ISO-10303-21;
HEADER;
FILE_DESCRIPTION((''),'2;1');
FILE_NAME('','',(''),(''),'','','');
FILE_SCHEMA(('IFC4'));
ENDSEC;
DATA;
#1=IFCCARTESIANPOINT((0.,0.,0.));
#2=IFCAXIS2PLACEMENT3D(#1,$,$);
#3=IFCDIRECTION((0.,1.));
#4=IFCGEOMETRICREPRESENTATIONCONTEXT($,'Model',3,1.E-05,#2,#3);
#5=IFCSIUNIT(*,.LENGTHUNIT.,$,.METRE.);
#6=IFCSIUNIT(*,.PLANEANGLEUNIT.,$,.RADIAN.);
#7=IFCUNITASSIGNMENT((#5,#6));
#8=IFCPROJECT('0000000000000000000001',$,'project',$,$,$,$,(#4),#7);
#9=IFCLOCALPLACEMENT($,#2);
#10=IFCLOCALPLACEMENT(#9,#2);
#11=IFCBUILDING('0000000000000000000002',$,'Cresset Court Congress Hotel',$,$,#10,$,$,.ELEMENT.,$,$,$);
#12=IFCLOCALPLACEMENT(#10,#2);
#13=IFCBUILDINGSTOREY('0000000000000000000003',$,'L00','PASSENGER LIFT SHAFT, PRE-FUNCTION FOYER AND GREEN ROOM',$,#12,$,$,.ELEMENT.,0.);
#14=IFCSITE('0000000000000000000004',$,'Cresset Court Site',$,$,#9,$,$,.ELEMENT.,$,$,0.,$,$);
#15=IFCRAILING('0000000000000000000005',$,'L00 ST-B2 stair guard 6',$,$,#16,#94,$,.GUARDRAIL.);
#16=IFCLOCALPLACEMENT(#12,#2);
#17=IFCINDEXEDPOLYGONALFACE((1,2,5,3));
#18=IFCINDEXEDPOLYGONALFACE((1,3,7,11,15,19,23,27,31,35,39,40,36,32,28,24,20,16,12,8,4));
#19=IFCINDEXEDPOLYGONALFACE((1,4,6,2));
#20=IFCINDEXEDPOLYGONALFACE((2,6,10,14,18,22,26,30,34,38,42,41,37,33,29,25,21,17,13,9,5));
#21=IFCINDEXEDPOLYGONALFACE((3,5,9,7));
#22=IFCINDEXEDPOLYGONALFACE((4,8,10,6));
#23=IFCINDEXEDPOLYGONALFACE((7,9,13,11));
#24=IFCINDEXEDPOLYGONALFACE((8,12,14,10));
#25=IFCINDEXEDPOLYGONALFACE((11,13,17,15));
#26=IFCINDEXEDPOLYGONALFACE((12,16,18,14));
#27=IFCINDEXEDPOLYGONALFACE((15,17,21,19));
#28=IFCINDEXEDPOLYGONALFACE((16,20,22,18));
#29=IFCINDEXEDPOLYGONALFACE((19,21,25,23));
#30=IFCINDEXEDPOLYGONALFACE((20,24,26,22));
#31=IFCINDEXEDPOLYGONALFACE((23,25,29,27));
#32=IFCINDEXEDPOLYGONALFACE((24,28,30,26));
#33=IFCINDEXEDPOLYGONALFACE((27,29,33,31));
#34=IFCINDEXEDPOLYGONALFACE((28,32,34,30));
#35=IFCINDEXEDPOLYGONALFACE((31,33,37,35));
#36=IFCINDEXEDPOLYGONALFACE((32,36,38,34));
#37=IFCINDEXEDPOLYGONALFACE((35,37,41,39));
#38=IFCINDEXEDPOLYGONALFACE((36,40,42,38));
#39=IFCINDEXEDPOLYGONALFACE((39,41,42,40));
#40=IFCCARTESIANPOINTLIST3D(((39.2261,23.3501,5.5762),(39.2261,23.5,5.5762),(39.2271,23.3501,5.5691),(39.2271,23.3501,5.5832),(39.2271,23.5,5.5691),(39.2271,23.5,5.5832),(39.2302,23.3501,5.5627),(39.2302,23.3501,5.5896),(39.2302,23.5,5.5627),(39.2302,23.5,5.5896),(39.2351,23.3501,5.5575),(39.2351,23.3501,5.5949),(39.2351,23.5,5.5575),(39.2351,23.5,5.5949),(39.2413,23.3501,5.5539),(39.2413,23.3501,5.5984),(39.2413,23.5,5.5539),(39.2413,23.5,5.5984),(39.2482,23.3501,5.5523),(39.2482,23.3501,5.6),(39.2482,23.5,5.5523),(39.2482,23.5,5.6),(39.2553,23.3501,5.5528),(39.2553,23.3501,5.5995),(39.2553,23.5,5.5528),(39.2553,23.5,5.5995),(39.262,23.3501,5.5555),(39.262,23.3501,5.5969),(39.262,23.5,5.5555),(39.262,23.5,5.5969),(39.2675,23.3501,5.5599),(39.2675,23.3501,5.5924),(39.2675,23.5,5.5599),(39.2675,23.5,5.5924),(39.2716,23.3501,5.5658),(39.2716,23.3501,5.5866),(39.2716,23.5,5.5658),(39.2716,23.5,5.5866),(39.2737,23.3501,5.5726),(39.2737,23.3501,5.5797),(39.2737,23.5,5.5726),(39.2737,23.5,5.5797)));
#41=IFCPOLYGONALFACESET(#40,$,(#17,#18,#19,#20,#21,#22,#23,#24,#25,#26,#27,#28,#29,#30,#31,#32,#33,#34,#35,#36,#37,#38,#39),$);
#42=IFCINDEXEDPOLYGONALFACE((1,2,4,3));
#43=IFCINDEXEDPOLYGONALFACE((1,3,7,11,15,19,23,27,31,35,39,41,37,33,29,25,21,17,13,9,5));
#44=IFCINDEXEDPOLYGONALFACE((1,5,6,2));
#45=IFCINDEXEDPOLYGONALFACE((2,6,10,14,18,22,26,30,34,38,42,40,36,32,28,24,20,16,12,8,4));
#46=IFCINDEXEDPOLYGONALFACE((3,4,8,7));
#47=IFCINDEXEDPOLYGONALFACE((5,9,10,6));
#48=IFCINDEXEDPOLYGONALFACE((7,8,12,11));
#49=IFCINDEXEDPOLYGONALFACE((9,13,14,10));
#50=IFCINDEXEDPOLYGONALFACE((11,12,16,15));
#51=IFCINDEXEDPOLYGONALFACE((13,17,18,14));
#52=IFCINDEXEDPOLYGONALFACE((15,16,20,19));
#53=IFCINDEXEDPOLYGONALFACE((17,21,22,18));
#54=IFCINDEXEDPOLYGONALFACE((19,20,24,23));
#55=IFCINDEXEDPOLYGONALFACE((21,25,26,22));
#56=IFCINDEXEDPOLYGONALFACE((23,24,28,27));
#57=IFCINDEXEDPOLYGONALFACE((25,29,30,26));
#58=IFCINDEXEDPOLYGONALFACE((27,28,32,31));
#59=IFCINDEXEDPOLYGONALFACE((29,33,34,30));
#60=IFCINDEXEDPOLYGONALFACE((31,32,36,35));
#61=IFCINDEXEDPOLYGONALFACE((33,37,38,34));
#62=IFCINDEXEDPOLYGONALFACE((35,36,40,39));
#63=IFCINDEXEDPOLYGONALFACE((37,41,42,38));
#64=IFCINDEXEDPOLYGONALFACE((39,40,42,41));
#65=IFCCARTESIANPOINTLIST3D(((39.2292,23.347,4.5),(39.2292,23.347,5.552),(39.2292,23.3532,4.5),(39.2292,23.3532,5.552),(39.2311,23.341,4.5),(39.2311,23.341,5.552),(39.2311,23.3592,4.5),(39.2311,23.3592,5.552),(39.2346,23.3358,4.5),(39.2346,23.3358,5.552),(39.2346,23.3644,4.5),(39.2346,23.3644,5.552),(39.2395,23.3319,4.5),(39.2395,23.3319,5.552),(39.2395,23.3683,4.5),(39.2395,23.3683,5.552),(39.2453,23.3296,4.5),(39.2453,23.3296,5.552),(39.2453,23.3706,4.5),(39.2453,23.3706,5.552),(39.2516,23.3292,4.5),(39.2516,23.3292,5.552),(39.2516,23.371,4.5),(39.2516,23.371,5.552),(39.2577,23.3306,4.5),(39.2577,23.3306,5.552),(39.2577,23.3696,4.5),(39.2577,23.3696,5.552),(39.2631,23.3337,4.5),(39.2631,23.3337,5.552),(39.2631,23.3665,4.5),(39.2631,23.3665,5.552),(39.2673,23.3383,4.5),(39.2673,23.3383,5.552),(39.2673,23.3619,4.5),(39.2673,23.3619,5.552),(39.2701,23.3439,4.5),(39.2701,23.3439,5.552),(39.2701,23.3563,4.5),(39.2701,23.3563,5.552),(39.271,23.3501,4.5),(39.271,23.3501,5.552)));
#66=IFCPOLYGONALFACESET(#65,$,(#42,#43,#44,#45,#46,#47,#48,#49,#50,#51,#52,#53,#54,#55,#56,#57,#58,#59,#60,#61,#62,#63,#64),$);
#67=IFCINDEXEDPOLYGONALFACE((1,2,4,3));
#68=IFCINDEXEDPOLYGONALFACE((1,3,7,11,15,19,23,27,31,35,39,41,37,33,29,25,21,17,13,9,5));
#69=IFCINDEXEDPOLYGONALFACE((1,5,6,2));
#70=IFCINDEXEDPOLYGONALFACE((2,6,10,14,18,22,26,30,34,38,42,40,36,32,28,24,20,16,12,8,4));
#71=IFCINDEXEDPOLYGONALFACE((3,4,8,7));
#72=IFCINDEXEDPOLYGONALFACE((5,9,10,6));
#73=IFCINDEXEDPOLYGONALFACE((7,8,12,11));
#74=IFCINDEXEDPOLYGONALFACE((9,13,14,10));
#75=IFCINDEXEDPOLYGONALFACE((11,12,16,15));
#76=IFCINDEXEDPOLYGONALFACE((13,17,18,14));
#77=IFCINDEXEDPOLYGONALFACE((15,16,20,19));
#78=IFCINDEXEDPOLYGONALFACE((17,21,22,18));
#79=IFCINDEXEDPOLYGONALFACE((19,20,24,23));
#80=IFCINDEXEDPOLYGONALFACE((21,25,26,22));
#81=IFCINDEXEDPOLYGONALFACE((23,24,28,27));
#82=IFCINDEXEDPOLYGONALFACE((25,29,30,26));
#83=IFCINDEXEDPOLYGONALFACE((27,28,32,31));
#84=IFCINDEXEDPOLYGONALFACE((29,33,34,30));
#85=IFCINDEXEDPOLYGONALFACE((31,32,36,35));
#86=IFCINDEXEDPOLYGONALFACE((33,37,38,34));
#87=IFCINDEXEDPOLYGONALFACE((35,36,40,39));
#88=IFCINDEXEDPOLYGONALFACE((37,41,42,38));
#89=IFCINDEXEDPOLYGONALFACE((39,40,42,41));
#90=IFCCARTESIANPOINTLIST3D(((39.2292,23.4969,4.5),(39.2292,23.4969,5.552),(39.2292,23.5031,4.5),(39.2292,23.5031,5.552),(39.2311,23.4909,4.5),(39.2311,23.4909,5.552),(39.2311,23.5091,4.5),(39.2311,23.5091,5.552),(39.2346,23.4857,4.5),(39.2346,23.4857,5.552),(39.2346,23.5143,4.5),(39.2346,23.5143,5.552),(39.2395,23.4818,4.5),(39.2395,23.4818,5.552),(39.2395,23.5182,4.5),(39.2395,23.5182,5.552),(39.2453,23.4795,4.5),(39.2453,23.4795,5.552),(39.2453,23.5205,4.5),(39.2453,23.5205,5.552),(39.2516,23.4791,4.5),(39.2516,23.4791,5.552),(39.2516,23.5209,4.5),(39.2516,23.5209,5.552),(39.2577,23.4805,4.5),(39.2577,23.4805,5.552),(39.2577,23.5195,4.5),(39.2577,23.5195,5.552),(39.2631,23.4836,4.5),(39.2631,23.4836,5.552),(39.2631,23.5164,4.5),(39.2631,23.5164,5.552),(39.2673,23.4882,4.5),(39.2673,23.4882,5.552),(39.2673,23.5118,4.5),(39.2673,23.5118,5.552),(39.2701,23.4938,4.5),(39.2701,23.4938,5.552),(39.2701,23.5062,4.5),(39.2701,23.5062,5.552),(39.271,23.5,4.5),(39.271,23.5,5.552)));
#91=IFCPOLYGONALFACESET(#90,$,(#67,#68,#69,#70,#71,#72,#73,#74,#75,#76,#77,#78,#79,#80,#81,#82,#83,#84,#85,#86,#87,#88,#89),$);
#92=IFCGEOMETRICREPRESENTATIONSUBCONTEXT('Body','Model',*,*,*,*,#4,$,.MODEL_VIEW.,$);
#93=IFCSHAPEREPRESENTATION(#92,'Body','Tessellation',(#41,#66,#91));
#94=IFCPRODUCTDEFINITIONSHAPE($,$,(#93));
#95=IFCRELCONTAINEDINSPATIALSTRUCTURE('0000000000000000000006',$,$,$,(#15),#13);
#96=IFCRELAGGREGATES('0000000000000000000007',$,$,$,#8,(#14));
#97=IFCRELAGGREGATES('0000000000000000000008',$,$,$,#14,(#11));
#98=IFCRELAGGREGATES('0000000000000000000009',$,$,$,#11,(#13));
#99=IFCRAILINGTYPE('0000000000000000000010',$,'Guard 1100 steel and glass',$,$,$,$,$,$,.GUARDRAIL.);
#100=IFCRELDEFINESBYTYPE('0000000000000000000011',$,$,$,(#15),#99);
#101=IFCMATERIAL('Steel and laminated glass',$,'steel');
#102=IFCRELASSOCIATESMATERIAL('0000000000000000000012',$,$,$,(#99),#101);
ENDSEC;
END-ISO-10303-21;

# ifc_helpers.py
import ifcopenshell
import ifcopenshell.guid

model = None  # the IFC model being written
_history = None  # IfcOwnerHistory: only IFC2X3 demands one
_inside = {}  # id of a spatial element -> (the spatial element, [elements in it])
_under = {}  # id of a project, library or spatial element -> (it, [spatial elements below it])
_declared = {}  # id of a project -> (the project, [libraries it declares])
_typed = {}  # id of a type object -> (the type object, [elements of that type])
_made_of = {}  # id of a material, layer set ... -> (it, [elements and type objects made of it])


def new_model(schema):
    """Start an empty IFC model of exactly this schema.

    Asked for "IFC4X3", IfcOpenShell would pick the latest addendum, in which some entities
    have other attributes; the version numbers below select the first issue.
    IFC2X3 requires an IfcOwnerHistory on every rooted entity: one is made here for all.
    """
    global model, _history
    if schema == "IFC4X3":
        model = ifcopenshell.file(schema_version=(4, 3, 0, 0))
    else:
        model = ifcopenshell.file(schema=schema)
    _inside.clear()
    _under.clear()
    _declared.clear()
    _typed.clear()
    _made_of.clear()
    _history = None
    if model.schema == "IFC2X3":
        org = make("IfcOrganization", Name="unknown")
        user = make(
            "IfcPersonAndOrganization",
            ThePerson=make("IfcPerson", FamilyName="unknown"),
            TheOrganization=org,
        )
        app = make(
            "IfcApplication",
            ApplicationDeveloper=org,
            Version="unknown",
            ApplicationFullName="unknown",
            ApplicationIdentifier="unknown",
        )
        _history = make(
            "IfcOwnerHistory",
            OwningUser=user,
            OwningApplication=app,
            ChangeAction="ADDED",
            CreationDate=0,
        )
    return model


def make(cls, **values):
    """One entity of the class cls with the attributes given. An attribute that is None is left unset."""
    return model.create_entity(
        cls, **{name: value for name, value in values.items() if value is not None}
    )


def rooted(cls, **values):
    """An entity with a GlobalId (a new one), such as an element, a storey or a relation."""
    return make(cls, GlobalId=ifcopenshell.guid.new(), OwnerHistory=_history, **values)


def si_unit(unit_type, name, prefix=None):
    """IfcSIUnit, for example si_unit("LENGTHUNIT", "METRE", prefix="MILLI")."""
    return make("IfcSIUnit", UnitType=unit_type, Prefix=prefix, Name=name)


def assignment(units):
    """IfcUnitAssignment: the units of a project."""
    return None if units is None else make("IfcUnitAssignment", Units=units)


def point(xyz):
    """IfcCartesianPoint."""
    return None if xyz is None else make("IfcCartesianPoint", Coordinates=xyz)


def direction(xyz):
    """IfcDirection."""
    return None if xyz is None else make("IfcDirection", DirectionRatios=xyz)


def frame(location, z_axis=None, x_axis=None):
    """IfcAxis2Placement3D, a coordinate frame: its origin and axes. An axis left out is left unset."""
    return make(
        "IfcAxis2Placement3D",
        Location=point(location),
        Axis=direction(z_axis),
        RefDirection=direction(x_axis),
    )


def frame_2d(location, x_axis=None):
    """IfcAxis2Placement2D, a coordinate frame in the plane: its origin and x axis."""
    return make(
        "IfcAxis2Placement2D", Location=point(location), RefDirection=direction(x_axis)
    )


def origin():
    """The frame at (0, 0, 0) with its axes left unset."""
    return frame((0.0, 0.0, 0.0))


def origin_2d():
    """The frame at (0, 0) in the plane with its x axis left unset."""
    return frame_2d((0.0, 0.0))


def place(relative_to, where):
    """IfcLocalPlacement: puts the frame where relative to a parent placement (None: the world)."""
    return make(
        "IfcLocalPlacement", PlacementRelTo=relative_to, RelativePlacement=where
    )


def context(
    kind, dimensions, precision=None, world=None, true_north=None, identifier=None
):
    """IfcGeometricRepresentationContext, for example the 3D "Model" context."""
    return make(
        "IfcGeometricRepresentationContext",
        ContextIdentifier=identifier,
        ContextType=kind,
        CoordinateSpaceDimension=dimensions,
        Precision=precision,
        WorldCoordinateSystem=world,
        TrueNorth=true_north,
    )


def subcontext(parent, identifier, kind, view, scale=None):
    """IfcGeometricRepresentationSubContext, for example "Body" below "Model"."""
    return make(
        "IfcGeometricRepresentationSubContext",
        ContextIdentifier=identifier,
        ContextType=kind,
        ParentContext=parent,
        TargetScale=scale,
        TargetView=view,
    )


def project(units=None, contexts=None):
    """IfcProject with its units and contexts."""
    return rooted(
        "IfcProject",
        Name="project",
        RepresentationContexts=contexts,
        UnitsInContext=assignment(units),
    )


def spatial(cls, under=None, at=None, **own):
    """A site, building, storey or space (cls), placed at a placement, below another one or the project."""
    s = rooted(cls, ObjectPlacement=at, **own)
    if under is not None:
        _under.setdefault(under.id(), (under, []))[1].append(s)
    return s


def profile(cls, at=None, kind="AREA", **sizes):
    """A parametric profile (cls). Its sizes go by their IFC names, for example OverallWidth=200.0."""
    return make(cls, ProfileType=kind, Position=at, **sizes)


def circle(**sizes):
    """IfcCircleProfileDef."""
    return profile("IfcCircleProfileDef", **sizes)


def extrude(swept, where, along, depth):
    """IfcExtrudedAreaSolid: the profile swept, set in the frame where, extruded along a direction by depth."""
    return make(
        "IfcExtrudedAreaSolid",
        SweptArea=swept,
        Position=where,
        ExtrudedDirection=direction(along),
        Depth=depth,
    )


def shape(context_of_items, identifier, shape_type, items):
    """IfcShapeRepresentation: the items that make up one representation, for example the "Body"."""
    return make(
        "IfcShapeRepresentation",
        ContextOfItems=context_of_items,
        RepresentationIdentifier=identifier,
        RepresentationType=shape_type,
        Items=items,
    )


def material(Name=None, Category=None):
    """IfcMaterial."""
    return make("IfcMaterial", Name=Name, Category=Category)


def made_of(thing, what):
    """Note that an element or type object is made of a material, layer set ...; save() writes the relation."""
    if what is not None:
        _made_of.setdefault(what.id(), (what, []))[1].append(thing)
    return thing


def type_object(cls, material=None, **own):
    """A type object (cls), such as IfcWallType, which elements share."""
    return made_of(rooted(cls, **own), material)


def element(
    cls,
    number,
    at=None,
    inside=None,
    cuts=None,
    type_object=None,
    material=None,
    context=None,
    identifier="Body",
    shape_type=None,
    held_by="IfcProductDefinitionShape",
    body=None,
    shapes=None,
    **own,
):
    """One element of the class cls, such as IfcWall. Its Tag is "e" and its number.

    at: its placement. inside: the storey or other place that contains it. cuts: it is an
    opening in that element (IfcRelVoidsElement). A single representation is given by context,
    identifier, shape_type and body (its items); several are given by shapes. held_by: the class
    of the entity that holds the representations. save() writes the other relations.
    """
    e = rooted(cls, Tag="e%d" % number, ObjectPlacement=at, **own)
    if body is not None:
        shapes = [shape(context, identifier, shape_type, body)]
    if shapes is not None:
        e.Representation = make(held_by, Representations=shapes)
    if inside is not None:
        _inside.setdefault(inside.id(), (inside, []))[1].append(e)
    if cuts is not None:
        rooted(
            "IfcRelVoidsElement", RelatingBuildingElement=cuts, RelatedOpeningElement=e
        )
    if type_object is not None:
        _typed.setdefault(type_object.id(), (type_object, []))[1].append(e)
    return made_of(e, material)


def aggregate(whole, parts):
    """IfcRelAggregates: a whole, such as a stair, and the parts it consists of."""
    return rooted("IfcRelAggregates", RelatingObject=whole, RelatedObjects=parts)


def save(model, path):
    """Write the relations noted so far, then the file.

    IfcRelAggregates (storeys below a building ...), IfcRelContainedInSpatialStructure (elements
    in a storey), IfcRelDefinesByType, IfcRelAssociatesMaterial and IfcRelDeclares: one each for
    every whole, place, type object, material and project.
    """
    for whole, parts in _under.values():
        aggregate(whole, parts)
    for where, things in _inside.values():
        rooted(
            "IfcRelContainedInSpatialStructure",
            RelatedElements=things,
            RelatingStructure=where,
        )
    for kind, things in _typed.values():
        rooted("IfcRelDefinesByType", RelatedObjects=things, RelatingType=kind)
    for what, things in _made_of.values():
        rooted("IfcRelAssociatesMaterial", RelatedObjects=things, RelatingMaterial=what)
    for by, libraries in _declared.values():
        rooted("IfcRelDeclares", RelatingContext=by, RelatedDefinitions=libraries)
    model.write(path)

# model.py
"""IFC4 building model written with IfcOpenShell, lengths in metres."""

from ifc_helpers import new_model, si_unit, direction, frame, origin, origin_2d, place, context, subcontext, project, spatial, circle, extrude, material, type_object, element, save


model = new_model("IFC4")

# Units and contexts
model_context = context("Model", 3, precision=1e-05, world=origin(), true_north=direction((0.0, 1.0)))
body_context = subcontext(model_context, "Body", "Model", "MODEL_VIEW")
ifc_project = project(units=[si_unit("LENGTHUNIT", "METRE"), si_unit("PLANEANGLEUNIT", "RADIAN")], contexts=[model_context])

# Site, building, storey
site_placement = place(None, origin())
site = spatial("IfcSite", under=ifc_project, at=site_placement, Name="Cresset Court Site", CompositionType="ELEMENT", RefElevation=0.0)
building_placement = place(site_placement, origin())
building = spatial("IfcBuilding", under=site, at=building_placement, Name="Cresset Court Congress Hotel", CompositionType="ELEMENT")
storey_placement = place(building_placement, origin())
storey = spatial("IfcBuildingStorey", under=building, at=storey_placement, Name="L00", Description="PASSENGER LIFT SHAFT, PRE-FUNCTION FOYER AND GREEN ROOM", CompositionType="ELEMENT", Elevation=0.0)

# Railing
ifc_material_1 = material(Name="Steel and laminated glass", Category="steel")
railing_type_1 = type_object("IfcRailingType", Name="Guard 1100 steel and glass", PredefinedType="GUARDRAIL", material=ifc_material_1)
railing_1_placement = place(storey_placement, frame((39.25, 23.3501, 4.5)))
element("IfcRailing", 1, at=railing_1_placement, inside=storey, type_object=railing_type_1, Name="L00 ST-B2 stair guard 6", PredefinedType="GUARDRAIL", context=body_context, shape_type="SweptSolid", body=[
    extrude(circle(Radius=0.0239, at=origin_2d()), frame((0.0, 0.0, 1.0762), z_axis=(0.0, 1.0, 0.0), x_axis=(-1.0, 0.0, 0.0)), (0.0, 0.0, 1.0), 0.1499),
    extrude(circle(Radius=0.021, at=origin_2d()), origin(), (0.0, 0.0, 1.0), 1.052),
    extrude(circle(Radius=0.021, at=origin_2d()), frame((0.0, 0.1499, 0.0)), (0.0, 0.0, 1.0), 1.052),
])

save(model, "model.ifc")
